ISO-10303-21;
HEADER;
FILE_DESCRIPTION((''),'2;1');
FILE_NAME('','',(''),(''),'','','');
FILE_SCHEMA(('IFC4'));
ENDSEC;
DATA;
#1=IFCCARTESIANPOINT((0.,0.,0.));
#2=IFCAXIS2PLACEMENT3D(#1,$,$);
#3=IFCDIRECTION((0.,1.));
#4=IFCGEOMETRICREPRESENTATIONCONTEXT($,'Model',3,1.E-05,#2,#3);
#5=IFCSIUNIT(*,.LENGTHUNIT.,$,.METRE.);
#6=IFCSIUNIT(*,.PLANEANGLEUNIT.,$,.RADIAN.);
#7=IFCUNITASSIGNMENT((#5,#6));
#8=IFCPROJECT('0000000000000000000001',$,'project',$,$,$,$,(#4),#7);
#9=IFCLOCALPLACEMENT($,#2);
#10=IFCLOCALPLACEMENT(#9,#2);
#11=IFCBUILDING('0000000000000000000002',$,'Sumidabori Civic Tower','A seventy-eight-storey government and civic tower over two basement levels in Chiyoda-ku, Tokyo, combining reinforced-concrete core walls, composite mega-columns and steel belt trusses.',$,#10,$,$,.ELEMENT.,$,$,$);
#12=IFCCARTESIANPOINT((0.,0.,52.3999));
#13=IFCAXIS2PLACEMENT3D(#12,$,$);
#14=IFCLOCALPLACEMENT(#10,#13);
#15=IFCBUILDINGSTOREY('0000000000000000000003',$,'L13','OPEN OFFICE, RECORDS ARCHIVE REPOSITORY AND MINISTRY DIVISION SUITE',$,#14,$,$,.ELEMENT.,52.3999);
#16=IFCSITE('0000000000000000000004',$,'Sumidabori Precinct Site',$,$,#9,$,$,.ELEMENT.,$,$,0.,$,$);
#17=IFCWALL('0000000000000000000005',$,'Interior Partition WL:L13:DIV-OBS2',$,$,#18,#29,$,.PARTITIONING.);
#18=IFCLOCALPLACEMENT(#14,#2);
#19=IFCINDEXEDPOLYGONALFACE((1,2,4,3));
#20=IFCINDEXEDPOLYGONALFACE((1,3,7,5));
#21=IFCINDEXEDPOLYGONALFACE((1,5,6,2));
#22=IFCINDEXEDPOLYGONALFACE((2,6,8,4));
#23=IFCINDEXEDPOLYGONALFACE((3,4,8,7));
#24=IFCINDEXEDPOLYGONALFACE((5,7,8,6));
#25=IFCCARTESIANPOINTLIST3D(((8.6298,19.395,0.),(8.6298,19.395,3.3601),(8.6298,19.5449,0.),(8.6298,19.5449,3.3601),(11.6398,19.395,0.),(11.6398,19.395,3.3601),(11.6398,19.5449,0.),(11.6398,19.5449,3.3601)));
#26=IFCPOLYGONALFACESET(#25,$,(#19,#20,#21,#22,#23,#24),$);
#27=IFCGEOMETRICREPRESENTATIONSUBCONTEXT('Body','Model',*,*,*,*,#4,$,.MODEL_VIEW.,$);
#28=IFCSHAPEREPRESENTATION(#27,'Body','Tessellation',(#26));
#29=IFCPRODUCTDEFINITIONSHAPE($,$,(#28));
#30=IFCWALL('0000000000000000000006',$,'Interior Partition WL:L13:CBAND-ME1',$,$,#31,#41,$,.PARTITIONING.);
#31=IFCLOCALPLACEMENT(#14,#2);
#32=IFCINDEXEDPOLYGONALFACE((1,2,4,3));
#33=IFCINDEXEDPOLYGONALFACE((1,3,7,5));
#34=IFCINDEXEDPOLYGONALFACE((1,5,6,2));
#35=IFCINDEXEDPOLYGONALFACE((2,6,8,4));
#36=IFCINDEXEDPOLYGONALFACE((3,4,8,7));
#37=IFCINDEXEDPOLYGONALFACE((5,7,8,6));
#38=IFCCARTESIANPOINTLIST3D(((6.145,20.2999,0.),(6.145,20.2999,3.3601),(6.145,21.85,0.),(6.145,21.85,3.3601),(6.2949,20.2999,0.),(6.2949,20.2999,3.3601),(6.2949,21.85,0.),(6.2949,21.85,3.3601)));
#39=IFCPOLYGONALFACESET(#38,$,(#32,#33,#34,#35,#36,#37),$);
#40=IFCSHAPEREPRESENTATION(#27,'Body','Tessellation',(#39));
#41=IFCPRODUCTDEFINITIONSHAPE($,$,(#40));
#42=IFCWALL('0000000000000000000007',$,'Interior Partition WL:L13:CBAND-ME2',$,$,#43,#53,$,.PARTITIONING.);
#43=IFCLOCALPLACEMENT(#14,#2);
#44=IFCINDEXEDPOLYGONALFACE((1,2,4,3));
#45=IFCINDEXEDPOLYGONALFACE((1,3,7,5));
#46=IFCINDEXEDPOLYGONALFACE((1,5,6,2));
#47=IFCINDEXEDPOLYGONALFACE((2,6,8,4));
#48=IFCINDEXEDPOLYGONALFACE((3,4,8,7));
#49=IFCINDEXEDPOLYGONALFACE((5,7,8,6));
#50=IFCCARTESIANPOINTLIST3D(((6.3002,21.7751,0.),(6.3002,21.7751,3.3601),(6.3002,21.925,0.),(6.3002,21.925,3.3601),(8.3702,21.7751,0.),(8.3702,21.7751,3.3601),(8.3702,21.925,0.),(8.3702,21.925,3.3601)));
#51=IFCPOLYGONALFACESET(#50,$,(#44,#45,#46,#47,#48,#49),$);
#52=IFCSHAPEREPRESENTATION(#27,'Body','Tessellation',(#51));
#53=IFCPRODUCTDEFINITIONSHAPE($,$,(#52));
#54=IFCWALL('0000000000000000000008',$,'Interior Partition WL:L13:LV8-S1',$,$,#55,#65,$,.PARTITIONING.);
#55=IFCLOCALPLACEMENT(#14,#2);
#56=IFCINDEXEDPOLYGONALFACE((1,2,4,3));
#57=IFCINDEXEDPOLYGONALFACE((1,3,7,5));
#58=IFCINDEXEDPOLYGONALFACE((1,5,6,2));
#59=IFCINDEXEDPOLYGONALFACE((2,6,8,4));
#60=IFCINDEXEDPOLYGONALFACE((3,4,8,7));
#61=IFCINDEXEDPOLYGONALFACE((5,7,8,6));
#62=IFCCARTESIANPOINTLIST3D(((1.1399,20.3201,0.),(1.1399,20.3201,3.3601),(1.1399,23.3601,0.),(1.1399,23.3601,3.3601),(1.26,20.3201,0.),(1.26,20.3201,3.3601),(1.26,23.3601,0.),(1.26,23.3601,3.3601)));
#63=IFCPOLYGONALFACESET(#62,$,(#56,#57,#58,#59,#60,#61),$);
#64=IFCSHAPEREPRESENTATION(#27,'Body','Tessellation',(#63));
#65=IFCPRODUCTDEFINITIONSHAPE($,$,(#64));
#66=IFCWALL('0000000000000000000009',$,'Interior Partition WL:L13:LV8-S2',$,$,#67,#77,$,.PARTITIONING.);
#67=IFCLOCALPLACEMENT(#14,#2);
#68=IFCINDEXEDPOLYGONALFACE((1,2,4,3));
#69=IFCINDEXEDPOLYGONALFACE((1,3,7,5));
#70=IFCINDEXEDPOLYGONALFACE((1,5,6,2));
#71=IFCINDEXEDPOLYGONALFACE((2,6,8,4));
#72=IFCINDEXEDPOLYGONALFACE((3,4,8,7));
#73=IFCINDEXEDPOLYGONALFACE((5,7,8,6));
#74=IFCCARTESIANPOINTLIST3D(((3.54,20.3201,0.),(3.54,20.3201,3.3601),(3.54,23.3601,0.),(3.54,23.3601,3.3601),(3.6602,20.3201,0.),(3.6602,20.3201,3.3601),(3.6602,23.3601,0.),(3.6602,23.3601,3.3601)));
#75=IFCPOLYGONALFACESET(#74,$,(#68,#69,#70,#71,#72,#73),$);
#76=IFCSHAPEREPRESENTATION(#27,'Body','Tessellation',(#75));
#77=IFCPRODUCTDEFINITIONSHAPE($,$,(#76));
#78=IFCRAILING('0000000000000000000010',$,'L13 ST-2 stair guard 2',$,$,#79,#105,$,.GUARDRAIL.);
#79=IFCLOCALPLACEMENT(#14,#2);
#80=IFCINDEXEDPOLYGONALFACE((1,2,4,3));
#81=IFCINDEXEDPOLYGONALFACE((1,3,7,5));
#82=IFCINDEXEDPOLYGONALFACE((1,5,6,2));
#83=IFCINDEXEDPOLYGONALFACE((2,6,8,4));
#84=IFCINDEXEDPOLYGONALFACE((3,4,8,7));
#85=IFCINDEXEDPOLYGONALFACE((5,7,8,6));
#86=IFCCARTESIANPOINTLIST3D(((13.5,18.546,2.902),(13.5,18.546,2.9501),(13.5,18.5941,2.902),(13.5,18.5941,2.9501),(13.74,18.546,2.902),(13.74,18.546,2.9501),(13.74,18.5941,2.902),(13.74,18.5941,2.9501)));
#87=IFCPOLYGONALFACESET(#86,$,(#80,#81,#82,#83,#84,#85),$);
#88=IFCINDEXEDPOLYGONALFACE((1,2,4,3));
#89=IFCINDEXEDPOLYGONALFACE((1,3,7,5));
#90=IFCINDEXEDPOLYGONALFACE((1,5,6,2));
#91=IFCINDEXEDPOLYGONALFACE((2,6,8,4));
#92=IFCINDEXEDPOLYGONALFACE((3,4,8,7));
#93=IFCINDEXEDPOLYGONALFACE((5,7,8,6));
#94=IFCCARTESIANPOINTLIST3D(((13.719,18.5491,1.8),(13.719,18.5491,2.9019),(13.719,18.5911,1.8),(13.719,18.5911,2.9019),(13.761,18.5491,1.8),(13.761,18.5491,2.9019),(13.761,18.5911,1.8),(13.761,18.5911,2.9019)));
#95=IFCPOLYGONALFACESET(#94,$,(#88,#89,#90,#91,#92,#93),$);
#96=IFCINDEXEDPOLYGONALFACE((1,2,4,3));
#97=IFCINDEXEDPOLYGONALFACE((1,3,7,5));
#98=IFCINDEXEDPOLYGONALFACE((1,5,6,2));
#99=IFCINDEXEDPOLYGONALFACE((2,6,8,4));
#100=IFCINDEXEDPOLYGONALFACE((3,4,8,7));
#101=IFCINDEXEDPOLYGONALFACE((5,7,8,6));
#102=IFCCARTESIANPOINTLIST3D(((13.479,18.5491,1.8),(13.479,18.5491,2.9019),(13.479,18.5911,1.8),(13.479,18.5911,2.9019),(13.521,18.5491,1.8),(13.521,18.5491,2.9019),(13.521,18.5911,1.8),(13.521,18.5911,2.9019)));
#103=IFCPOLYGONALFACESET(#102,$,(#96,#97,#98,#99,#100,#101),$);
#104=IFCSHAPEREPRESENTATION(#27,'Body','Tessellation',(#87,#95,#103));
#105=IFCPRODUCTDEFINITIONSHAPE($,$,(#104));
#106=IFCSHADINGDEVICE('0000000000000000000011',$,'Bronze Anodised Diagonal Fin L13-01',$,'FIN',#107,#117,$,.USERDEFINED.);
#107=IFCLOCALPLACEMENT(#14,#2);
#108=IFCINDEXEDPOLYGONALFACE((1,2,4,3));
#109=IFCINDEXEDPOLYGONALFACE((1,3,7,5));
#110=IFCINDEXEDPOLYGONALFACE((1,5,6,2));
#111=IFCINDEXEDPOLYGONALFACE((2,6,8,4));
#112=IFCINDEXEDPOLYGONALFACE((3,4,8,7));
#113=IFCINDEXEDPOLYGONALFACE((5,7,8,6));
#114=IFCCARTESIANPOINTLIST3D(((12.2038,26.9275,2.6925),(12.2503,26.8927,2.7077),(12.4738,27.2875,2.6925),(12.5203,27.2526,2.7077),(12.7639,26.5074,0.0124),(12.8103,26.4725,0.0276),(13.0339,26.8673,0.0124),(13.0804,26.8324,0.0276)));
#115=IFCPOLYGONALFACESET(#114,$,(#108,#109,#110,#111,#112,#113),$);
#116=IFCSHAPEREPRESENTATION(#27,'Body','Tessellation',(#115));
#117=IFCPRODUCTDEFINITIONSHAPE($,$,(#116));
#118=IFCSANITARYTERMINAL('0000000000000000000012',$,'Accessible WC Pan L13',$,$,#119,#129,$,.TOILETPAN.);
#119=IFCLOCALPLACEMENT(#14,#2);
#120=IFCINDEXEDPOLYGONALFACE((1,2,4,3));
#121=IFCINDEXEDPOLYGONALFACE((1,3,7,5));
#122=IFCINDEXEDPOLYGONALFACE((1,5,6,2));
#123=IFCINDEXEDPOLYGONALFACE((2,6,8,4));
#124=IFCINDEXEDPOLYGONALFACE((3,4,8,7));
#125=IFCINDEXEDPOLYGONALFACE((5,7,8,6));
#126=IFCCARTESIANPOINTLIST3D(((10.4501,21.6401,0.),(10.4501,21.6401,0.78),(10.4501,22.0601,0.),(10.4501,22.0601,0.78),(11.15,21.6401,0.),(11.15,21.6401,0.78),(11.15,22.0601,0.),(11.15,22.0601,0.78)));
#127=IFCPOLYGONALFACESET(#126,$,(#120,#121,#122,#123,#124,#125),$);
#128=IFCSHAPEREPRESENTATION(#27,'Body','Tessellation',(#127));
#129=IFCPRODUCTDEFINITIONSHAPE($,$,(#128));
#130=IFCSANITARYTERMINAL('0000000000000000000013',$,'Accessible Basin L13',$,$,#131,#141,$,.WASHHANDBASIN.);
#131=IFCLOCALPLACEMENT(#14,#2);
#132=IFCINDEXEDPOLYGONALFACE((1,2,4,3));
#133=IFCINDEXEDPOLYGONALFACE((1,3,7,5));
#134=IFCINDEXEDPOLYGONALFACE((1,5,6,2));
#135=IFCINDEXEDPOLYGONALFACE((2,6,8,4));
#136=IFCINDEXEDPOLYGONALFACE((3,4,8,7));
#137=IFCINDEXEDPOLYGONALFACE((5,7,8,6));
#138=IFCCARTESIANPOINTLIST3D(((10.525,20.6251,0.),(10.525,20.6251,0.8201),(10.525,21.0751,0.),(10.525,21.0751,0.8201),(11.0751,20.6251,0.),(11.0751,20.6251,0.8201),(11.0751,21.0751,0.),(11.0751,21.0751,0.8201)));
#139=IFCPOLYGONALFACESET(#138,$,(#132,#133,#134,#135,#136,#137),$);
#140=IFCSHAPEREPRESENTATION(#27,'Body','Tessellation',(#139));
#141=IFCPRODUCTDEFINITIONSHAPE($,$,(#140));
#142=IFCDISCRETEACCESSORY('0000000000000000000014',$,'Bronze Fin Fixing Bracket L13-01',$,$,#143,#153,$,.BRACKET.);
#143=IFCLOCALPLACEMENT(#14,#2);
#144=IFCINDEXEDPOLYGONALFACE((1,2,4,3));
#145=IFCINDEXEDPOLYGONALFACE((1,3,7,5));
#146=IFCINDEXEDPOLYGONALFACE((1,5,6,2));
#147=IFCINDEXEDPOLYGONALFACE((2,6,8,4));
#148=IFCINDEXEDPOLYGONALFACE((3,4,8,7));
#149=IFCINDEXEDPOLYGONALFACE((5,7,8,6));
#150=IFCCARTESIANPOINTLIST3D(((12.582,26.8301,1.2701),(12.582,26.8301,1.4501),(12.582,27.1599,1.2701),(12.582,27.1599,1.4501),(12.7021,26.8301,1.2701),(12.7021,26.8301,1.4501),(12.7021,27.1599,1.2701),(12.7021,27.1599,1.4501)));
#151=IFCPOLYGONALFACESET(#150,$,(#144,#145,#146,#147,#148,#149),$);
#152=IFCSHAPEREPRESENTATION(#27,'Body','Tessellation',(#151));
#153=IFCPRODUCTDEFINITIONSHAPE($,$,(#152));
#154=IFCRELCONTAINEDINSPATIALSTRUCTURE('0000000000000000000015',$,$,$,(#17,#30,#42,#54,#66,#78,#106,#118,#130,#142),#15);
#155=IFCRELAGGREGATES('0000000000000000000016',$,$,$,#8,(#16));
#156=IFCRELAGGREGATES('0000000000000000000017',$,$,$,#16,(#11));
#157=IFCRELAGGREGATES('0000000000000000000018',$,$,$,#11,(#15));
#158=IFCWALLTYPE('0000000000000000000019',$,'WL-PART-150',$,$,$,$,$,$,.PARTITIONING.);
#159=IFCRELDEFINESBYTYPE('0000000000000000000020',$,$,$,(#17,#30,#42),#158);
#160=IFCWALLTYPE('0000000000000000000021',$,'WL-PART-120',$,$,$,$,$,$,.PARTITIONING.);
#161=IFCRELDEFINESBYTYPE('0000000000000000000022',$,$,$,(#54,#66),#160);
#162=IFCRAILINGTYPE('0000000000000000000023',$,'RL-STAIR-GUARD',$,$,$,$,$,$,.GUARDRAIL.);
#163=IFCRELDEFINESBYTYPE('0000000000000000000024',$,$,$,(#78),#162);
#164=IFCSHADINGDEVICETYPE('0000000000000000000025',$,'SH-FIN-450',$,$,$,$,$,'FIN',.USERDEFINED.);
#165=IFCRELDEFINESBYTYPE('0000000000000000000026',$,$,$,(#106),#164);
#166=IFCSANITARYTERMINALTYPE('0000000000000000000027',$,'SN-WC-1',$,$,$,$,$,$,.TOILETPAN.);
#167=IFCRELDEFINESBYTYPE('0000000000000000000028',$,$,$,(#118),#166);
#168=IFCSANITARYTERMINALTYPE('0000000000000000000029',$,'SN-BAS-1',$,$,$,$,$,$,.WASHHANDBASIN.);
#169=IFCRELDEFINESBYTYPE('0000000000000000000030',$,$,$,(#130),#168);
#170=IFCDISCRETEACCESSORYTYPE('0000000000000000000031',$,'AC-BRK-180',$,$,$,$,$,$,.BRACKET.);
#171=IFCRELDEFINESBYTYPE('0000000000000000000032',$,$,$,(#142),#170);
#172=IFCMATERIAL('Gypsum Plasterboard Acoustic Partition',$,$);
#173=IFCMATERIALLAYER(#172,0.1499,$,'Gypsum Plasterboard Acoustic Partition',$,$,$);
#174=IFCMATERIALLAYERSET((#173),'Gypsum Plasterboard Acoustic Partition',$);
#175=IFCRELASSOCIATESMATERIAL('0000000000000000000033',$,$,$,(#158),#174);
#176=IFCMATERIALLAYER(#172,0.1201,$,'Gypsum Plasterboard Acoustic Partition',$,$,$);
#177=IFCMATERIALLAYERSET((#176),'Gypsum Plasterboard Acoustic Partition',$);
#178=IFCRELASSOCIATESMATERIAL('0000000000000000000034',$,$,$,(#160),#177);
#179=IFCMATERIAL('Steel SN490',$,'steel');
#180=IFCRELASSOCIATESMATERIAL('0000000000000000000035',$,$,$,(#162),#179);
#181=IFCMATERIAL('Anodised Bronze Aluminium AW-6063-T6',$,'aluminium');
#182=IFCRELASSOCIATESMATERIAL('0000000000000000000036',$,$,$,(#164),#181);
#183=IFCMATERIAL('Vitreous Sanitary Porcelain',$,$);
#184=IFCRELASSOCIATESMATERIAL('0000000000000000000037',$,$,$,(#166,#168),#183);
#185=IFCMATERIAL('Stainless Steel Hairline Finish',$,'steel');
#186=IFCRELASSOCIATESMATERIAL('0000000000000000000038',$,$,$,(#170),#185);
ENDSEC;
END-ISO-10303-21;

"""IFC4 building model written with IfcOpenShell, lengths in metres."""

from ifc_helpers import new_model, si_unit, direction, frame, frame_2d, origin, origin_2d, place, context, subcontext, project, spatial, rectangle, extrude, source, transform, mapped, material, layer, layer_set, material_profile, profile_set, type_object, element, save


model = new_model("IFC4")

# Units and contexts
model_context = context("Model", 3, precision=1e-05, world=origin(), true_north=direction((0.0, 1.0)))
body_context = subcontext(model_context, "Body", "Model", "MODEL_VIEW")
ifc_project = project(units=[si_unit("LENGTHUNIT", "METRE"), si_unit("PLANEANGLEUNIT", "RADIAN")], contexts=[model_context])

# Site, building, storey
site_placement = place(None, origin())
site = spatial("IfcSite", under=ifc_project, at=site_placement, Name="Sumidabori Precinct Site", CompositionType="ELEMENT", RefElevation=0.0)
building_placement = place(site_placement, origin())
building = spatial("IfcBuilding", under=site, at=building_placement, Name="Sumidabori Civic Tower", Description="A seventy-eight-storey government and civic tower over two basement levels in Chiyoda-ku, Tokyo, combining reinforced-concrete core walls, composite mega-columns and steel belt trusses.", CompositionType="ELEMENT")
storey_placement = place(building_placement, frame((0.0, 0.0, 52.3999)))
storey = spatial("IfcBuildingStorey", under=building, at=storey_placement, Name="L13", Description="OPEN OFFICE, RECORDS ARCHIVE REPOSITORY AND MINISTRY DIVISION SUITE", CompositionType="ELEMENT", Elevation=52.3999)

# Shared definitions
ifc_material_1 = material(Name="Steel SN490", Category="steel")

# Shared definitions
ifc_material_2 = material(Name="Anodised Bronze Aluminium AW-6063-T6", Category="aluminium")

# Walls
ifc_material_3 = material(Name="Gypsum Plasterboard Acoustic Partition")
ifc_layer_1 = layer(ifc_material_3, 0.1499, Name="Gypsum Plasterboard Acoustic Partition")
ifc_layer_set_1 = layer_set([ifc_layer_1], Name="Gypsum Plasterboard Acoustic Partition")
wall_type_1 = type_object("IfcWallType", Name="WL-PART-150", PredefinedType="PARTITIONING", material=ifc_layer_set_1)
shared_shape_1 = source(origin(), body_context, "Body", "SweptSolid", [
    extrude(rectangle(XDim=3.01, YDim=0.1499, at=frame_2d((1.5049, 0.0))), origin(), (0.0, 0.0, 1.0), 3.3601),
])
wall_1_placement = place(storey_placement, frame((8.6299, 19.47, 0.0), z_axis=(0.0, 0.0, 1.0), x_axis=(1.0, 0.0, 0.0)))
element("IfcWall", 1, at=wall_1_placement, inside=storey, type_object=wall_type_1, Name="Interior Partition WL:L13:DIV-OBS2", PredefinedType="PARTITIONING", context=body_context, shape_type="MappedRepresentation", body=[
    mapped(shared_shape_1, transform((0.0, 0.0, 0.0), x_axis=(1.0, 0.0, 0.0), y_axis=(0.0, 1.0, 0.0), z_axis=(0.0, 0.0, 1.0), scale=1.0)),
])
shared_shape_2 = source(origin(), body_context, "Body", "SweptSolid", [
    extrude(rectangle(XDim=1.55, YDim=0.1499, at=frame_2d((0.7749, 0.0))), origin(), (0.0, 0.0, 1.0), 3.3601),
])
wall_2_placement = place(storey_placement, frame((6.22, 20.3, 0.0), z_axis=(0.0, 0.0, 1.0), x_axis=(0.0, 1.0, 0.0)))
element("IfcWall", 2, at=wall_2_placement, inside=storey, type_object=wall_type_1, Name="Interior Partition WL:L13:CBAND-ME1", PredefinedType="PARTITIONING", context=body_context, shape_type="MappedRepresentation", body=[
    mapped(shared_shape_2, transform((0.0, 0.0, 0.0), x_axis=(1.0, 0.0, 0.0), y_axis=(0.0, 1.0, 0.0), z_axis=(0.0, 0.0, 1.0), scale=1.0)),
])
shared_shape_3 = source(origin(), body_context, "Body", "SweptSolid", [
    extrude(rectangle(XDim=2.0701, YDim=0.1499, at=frame_2d((1.0352, 0.0))), origin(), (0.0, 0.0, 1.0), 3.3601),
])
wall_3_placement = place(storey_placement, frame((6.3, 21.8501, 0.0), z_axis=(0.0, 0.0, 1.0), x_axis=(1.0, 0.0, 0.0)))
element("IfcWall", 3, at=wall_3_placement, inside=storey, type_object=wall_type_1, Name="Interior Partition WL:L13:CBAND-ME2", PredefinedType="PARTITIONING", context=body_context, shape_type="MappedRepresentation", body=[
    mapped(shared_shape_3, transform((0.0, 0.0, 0.0), x_axis=(1.0, 0.0, 0.0), y_axis=(0.0, 1.0, 0.0), z_axis=(0.0, 0.0, 1.0), scale=1.0)),
])
ifc_layer_2 = layer(ifc_material_3, 0.1201, Name="Gypsum Plasterboard Acoustic Partition")
ifc_layer_set_2 = layer_set([ifc_layer_2], Name="Gypsum Plasterboard Acoustic Partition")
wall_type_2 = type_object("IfcWallType", Name="WL-PART-120", PredefinedType="PARTITIONING", material=ifc_layer_set_2)
shared_shape_4 = source(origin(), body_context, "Body", "SweptSolid", [
    extrude(rectangle(XDim=3.04, YDim=0.1201, at=frame_2d((1.52, 0.0))), origin(), (0.0, 0.0, 1.0), 3.3601),
])
for number, where, z_axis, x_axis, name in (
    (4, (1.2, 20.3201, 0.0), (0.0, 0.0, 1.0), (0.0, 1.0, 0.0), "Interior Partition WL:L13:LV8-S1"),
    (5, (3.6001, 20.3201, 0.0), (0.0, 0.0, 1.0), (0.0, 1.0, 0.0), "Interior Partition WL:L13:LV8-S2"),
):
    element("IfcWall", number, at=place(storey_placement, frame(where, z_axis=z_axis, x_axis=x_axis)), inside=storey, type_object=wall_type_2, Name=name, PredefinedType="PARTITIONING", context=body_context, shape_type="MappedRepresentation", body=[
        mapped(shared_shape_4, transform((0.0, 0.0, 0.0), x_axis=(1.0, 0.0, 0.0), y_axis=(0.0, 1.0, 0.0), z_axis=(0.0, 0.0, 1.0), scale=1.0)),
    ])

# Railing
railing_type = type_object("IfcRailingType", Name="RL-STAIR-GUARD", PredefinedType="GUARDRAIL", material=ifc_material_1)
railing_placement = place(storey_placement, frame((13.74, 18.5701, 1.8)))
element("IfcRailing", 6, at=railing_placement, inside=storey, type_object=railing_type, Name="L13 ST-2 stair guard 2", PredefinedType="GUARDRAIL", context=body_context, shape_type="SweptSolid", body=[
    extrude(rectangle(XDim=0.0481, YDim=0.0481, at=origin_2d()), frame((0.0, 0.0, 1.126), z_axis=(-1.0, 0.0, 0.0), x_axis=(0.0, -1.0, 0.0)), (0.0, 0.0, 1.0), 0.24),
    extrude(rectangle(XDim=0.042, YDim=0.042, at=origin_2d()), origin(), (0.0, 0.0, 1.0), 1.1018),
    extrude(rectangle(XDim=0.042, YDim=0.042, at=origin_2d()), frame((-0.24, 0.0, 0.0)), (0.0, 0.0, 1.0), 1.1018),
])

# Shading device
ifc_material_profile_1 = material_profile(ifc_material_2, rectangle(XDim=0.0601, YDim=0.45, at=origin_2d()), Name="BRONZE FIN 450x60")
ifc_profile_set_1 = profile_set([ifc_material_profile_1], Name="Anodised Bronze Aluminium AW-6063-T6")
shading_device_type = type_object("IfcShadingDeviceType", Name="SH-FIN-450", ElementType="FIN", PredefinedType="USERDEFINED", material=ifc_profile_set_1)
shared_shape_5 = source(origin(), body_context, "Body", "SweptSolid", [
    extrude(rectangle(XDim=0.0601, YDim=0.45, at=origin_2d()), origin(), (0.0, 0.0, 1.0), 2.77),
])
shading_device_placement = place(storey_placement, frame((12.9221, 26.6699, 0.02), z_axis=(-0.202179, 0.151678, 0.967532), x_axis=(0.773944, -0.580627, 0.25275)))
element("IfcShadingDevice", 7, at=shading_device_placement, inside=storey, type_object=shading_device_type, Name="Bronze Anodised Diagonal Fin L13-01", ObjectType="FIN", PredefinedType="USERDEFINED", context=body_context, shape_type="MappedRepresentation", body=[
    mapped(shared_shape_5, transform((0.0, 0.0, 0.0), x_axis=(1.0, 0.0, 0.0), y_axis=(0.0, 1.0, 0.0), z_axis=(0.0, 0.0, 1.0), scale=1.0)),
])

# Sanitary terminals
ifc_material_4 = material(Name="Vitreous Sanitary Porcelain")
sanitary_terminal_type_1 = type_object("IfcSanitaryTerminalType", Name="SN-WC-1", PredefinedType="TOILETPAN", material=ifc_material_4)
shared_shape_6 = source(origin(), body_context, "Body", "SweptSolid", [
    extrude(rectangle(XDim=0.7, YDim=0.4199, at=origin_2d()), origin(), (0.0, 0.0, 1.0), 0.78),
])
sanitary_terminal_1_placement = place(storey_placement, frame((10.8, 21.8501, 0.0), z_axis=(0.0, 0.0, 1.0), x_axis=(1.0, 0.0, 0.0)))
element("IfcSanitaryTerminal", 8, at=sanitary_terminal_1_placement, inside=storey, type_object=sanitary_terminal_type_1, Name="Accessible WC Pan L13", PredefinedType="TOILETPAN", context=body_context, shape_type="MappedRepresentation", body=[
    mapped(shared_shape_6, transform((0.0, 0.0, 0.0), x_axis=(1.0, 0.0, 0.0), y_axis=(0.0, 1.0, 0.0), z_axis=(0.0, 0.0, 1.0), scale=1.0)),
])
sanitary_terminal_type_2 = type_object("IfcSanitaryTerminalType", Name="SN-BAS-1", PredefinedType="WASHHANDBASIN", material=ifc_material_4)
shared_shape_7 = source(origin(), body_context, "Body", "SweptSolid", [
    extrude(rectangle(XDim=0.55, YDim=0.45, at=origin_2d()), origin(), (0.0, 0.0, 1.0), 0.8201),
])
sanitary_terminal_2_placement = place(storey_placement, frame((10.8, 20.8501, 0.0), z_axis=(0.0, 0.0, 1.0), x_axis=(1.0, 0.0, 0.0)))
element("IfcSanitaryTerminal", 9, at=sanitary_terminal_2_placement, inside=storey, type_object=sanitary_terminal_type_2, Name="Accessible Basin L13", PredefinedType="WASHHANDBASIN", context=body_context, shape_type="MappedRepresentation", body=[
    mapped(shared_shape_7, transform((0.0, 0.0, 0.0), x_axis=(1.0, 0.0, 0.0), y_axis=(0.0, 1.0, 0.0), z_axis=(0.0, 0.0, 1.0), scale=1.0)),
])

# Discrete accessory
ifc_material_5 = material(Name="Stainless Steel Hairline Finish", Category="steel")
ifc_material_profile_2 = material_profile(ifc_material_5, rectangle(XDim=0.1201, YDim=0.1799, at=origin_2d()), Name="STEEL BRACKET 180x120")
ifc_profile_set_2 = profile_set([ifc_material_profile_2], Name="Stainless Steel Hairline Finish")
discrete_accessory_type = type_object("IfcDiscreteAccessoryType", Name="AC-BRK-180", PredefinedType="BRACKET", material=ifc_profile_set_2)
shared_shape_8 = source(origin(), body_context, "Body", "SweptSolid", [
    extrude(rectangle(XDim=0.1201, YDim=0.1799, at=origin_2d()), origin(), (0.0, 0.0, 1.0), 0.3298),
])
discrete_accessory_placement = place(storey_placement, frame((12.6421, 26.8301, 1.3601), z_axis=(0.0, 1.0, 0.0), x_axis=(-1.0, 0.0, 0.0)))
element("IfcDiscreteAccessory", 10, at=discrete_accessory_placement, inside=storey, type_object=discrete_accessory_type, Name="Bronze Fin Fixing Bracket L13-01", PredefinedType="BRACKET", context=body_context, shape_type="MappedRepresentation", body=[
    mapped(shared_shape_8, transform((0.0, 0.0, 0.0), x_axis=(1.0, 0.0, 0.0), y_axis=(0.0, 1.0, 0.0), z_axis=(0.0, 0.0, 1.0), scale=1.0)),
])

save(model, "model.ifc")
